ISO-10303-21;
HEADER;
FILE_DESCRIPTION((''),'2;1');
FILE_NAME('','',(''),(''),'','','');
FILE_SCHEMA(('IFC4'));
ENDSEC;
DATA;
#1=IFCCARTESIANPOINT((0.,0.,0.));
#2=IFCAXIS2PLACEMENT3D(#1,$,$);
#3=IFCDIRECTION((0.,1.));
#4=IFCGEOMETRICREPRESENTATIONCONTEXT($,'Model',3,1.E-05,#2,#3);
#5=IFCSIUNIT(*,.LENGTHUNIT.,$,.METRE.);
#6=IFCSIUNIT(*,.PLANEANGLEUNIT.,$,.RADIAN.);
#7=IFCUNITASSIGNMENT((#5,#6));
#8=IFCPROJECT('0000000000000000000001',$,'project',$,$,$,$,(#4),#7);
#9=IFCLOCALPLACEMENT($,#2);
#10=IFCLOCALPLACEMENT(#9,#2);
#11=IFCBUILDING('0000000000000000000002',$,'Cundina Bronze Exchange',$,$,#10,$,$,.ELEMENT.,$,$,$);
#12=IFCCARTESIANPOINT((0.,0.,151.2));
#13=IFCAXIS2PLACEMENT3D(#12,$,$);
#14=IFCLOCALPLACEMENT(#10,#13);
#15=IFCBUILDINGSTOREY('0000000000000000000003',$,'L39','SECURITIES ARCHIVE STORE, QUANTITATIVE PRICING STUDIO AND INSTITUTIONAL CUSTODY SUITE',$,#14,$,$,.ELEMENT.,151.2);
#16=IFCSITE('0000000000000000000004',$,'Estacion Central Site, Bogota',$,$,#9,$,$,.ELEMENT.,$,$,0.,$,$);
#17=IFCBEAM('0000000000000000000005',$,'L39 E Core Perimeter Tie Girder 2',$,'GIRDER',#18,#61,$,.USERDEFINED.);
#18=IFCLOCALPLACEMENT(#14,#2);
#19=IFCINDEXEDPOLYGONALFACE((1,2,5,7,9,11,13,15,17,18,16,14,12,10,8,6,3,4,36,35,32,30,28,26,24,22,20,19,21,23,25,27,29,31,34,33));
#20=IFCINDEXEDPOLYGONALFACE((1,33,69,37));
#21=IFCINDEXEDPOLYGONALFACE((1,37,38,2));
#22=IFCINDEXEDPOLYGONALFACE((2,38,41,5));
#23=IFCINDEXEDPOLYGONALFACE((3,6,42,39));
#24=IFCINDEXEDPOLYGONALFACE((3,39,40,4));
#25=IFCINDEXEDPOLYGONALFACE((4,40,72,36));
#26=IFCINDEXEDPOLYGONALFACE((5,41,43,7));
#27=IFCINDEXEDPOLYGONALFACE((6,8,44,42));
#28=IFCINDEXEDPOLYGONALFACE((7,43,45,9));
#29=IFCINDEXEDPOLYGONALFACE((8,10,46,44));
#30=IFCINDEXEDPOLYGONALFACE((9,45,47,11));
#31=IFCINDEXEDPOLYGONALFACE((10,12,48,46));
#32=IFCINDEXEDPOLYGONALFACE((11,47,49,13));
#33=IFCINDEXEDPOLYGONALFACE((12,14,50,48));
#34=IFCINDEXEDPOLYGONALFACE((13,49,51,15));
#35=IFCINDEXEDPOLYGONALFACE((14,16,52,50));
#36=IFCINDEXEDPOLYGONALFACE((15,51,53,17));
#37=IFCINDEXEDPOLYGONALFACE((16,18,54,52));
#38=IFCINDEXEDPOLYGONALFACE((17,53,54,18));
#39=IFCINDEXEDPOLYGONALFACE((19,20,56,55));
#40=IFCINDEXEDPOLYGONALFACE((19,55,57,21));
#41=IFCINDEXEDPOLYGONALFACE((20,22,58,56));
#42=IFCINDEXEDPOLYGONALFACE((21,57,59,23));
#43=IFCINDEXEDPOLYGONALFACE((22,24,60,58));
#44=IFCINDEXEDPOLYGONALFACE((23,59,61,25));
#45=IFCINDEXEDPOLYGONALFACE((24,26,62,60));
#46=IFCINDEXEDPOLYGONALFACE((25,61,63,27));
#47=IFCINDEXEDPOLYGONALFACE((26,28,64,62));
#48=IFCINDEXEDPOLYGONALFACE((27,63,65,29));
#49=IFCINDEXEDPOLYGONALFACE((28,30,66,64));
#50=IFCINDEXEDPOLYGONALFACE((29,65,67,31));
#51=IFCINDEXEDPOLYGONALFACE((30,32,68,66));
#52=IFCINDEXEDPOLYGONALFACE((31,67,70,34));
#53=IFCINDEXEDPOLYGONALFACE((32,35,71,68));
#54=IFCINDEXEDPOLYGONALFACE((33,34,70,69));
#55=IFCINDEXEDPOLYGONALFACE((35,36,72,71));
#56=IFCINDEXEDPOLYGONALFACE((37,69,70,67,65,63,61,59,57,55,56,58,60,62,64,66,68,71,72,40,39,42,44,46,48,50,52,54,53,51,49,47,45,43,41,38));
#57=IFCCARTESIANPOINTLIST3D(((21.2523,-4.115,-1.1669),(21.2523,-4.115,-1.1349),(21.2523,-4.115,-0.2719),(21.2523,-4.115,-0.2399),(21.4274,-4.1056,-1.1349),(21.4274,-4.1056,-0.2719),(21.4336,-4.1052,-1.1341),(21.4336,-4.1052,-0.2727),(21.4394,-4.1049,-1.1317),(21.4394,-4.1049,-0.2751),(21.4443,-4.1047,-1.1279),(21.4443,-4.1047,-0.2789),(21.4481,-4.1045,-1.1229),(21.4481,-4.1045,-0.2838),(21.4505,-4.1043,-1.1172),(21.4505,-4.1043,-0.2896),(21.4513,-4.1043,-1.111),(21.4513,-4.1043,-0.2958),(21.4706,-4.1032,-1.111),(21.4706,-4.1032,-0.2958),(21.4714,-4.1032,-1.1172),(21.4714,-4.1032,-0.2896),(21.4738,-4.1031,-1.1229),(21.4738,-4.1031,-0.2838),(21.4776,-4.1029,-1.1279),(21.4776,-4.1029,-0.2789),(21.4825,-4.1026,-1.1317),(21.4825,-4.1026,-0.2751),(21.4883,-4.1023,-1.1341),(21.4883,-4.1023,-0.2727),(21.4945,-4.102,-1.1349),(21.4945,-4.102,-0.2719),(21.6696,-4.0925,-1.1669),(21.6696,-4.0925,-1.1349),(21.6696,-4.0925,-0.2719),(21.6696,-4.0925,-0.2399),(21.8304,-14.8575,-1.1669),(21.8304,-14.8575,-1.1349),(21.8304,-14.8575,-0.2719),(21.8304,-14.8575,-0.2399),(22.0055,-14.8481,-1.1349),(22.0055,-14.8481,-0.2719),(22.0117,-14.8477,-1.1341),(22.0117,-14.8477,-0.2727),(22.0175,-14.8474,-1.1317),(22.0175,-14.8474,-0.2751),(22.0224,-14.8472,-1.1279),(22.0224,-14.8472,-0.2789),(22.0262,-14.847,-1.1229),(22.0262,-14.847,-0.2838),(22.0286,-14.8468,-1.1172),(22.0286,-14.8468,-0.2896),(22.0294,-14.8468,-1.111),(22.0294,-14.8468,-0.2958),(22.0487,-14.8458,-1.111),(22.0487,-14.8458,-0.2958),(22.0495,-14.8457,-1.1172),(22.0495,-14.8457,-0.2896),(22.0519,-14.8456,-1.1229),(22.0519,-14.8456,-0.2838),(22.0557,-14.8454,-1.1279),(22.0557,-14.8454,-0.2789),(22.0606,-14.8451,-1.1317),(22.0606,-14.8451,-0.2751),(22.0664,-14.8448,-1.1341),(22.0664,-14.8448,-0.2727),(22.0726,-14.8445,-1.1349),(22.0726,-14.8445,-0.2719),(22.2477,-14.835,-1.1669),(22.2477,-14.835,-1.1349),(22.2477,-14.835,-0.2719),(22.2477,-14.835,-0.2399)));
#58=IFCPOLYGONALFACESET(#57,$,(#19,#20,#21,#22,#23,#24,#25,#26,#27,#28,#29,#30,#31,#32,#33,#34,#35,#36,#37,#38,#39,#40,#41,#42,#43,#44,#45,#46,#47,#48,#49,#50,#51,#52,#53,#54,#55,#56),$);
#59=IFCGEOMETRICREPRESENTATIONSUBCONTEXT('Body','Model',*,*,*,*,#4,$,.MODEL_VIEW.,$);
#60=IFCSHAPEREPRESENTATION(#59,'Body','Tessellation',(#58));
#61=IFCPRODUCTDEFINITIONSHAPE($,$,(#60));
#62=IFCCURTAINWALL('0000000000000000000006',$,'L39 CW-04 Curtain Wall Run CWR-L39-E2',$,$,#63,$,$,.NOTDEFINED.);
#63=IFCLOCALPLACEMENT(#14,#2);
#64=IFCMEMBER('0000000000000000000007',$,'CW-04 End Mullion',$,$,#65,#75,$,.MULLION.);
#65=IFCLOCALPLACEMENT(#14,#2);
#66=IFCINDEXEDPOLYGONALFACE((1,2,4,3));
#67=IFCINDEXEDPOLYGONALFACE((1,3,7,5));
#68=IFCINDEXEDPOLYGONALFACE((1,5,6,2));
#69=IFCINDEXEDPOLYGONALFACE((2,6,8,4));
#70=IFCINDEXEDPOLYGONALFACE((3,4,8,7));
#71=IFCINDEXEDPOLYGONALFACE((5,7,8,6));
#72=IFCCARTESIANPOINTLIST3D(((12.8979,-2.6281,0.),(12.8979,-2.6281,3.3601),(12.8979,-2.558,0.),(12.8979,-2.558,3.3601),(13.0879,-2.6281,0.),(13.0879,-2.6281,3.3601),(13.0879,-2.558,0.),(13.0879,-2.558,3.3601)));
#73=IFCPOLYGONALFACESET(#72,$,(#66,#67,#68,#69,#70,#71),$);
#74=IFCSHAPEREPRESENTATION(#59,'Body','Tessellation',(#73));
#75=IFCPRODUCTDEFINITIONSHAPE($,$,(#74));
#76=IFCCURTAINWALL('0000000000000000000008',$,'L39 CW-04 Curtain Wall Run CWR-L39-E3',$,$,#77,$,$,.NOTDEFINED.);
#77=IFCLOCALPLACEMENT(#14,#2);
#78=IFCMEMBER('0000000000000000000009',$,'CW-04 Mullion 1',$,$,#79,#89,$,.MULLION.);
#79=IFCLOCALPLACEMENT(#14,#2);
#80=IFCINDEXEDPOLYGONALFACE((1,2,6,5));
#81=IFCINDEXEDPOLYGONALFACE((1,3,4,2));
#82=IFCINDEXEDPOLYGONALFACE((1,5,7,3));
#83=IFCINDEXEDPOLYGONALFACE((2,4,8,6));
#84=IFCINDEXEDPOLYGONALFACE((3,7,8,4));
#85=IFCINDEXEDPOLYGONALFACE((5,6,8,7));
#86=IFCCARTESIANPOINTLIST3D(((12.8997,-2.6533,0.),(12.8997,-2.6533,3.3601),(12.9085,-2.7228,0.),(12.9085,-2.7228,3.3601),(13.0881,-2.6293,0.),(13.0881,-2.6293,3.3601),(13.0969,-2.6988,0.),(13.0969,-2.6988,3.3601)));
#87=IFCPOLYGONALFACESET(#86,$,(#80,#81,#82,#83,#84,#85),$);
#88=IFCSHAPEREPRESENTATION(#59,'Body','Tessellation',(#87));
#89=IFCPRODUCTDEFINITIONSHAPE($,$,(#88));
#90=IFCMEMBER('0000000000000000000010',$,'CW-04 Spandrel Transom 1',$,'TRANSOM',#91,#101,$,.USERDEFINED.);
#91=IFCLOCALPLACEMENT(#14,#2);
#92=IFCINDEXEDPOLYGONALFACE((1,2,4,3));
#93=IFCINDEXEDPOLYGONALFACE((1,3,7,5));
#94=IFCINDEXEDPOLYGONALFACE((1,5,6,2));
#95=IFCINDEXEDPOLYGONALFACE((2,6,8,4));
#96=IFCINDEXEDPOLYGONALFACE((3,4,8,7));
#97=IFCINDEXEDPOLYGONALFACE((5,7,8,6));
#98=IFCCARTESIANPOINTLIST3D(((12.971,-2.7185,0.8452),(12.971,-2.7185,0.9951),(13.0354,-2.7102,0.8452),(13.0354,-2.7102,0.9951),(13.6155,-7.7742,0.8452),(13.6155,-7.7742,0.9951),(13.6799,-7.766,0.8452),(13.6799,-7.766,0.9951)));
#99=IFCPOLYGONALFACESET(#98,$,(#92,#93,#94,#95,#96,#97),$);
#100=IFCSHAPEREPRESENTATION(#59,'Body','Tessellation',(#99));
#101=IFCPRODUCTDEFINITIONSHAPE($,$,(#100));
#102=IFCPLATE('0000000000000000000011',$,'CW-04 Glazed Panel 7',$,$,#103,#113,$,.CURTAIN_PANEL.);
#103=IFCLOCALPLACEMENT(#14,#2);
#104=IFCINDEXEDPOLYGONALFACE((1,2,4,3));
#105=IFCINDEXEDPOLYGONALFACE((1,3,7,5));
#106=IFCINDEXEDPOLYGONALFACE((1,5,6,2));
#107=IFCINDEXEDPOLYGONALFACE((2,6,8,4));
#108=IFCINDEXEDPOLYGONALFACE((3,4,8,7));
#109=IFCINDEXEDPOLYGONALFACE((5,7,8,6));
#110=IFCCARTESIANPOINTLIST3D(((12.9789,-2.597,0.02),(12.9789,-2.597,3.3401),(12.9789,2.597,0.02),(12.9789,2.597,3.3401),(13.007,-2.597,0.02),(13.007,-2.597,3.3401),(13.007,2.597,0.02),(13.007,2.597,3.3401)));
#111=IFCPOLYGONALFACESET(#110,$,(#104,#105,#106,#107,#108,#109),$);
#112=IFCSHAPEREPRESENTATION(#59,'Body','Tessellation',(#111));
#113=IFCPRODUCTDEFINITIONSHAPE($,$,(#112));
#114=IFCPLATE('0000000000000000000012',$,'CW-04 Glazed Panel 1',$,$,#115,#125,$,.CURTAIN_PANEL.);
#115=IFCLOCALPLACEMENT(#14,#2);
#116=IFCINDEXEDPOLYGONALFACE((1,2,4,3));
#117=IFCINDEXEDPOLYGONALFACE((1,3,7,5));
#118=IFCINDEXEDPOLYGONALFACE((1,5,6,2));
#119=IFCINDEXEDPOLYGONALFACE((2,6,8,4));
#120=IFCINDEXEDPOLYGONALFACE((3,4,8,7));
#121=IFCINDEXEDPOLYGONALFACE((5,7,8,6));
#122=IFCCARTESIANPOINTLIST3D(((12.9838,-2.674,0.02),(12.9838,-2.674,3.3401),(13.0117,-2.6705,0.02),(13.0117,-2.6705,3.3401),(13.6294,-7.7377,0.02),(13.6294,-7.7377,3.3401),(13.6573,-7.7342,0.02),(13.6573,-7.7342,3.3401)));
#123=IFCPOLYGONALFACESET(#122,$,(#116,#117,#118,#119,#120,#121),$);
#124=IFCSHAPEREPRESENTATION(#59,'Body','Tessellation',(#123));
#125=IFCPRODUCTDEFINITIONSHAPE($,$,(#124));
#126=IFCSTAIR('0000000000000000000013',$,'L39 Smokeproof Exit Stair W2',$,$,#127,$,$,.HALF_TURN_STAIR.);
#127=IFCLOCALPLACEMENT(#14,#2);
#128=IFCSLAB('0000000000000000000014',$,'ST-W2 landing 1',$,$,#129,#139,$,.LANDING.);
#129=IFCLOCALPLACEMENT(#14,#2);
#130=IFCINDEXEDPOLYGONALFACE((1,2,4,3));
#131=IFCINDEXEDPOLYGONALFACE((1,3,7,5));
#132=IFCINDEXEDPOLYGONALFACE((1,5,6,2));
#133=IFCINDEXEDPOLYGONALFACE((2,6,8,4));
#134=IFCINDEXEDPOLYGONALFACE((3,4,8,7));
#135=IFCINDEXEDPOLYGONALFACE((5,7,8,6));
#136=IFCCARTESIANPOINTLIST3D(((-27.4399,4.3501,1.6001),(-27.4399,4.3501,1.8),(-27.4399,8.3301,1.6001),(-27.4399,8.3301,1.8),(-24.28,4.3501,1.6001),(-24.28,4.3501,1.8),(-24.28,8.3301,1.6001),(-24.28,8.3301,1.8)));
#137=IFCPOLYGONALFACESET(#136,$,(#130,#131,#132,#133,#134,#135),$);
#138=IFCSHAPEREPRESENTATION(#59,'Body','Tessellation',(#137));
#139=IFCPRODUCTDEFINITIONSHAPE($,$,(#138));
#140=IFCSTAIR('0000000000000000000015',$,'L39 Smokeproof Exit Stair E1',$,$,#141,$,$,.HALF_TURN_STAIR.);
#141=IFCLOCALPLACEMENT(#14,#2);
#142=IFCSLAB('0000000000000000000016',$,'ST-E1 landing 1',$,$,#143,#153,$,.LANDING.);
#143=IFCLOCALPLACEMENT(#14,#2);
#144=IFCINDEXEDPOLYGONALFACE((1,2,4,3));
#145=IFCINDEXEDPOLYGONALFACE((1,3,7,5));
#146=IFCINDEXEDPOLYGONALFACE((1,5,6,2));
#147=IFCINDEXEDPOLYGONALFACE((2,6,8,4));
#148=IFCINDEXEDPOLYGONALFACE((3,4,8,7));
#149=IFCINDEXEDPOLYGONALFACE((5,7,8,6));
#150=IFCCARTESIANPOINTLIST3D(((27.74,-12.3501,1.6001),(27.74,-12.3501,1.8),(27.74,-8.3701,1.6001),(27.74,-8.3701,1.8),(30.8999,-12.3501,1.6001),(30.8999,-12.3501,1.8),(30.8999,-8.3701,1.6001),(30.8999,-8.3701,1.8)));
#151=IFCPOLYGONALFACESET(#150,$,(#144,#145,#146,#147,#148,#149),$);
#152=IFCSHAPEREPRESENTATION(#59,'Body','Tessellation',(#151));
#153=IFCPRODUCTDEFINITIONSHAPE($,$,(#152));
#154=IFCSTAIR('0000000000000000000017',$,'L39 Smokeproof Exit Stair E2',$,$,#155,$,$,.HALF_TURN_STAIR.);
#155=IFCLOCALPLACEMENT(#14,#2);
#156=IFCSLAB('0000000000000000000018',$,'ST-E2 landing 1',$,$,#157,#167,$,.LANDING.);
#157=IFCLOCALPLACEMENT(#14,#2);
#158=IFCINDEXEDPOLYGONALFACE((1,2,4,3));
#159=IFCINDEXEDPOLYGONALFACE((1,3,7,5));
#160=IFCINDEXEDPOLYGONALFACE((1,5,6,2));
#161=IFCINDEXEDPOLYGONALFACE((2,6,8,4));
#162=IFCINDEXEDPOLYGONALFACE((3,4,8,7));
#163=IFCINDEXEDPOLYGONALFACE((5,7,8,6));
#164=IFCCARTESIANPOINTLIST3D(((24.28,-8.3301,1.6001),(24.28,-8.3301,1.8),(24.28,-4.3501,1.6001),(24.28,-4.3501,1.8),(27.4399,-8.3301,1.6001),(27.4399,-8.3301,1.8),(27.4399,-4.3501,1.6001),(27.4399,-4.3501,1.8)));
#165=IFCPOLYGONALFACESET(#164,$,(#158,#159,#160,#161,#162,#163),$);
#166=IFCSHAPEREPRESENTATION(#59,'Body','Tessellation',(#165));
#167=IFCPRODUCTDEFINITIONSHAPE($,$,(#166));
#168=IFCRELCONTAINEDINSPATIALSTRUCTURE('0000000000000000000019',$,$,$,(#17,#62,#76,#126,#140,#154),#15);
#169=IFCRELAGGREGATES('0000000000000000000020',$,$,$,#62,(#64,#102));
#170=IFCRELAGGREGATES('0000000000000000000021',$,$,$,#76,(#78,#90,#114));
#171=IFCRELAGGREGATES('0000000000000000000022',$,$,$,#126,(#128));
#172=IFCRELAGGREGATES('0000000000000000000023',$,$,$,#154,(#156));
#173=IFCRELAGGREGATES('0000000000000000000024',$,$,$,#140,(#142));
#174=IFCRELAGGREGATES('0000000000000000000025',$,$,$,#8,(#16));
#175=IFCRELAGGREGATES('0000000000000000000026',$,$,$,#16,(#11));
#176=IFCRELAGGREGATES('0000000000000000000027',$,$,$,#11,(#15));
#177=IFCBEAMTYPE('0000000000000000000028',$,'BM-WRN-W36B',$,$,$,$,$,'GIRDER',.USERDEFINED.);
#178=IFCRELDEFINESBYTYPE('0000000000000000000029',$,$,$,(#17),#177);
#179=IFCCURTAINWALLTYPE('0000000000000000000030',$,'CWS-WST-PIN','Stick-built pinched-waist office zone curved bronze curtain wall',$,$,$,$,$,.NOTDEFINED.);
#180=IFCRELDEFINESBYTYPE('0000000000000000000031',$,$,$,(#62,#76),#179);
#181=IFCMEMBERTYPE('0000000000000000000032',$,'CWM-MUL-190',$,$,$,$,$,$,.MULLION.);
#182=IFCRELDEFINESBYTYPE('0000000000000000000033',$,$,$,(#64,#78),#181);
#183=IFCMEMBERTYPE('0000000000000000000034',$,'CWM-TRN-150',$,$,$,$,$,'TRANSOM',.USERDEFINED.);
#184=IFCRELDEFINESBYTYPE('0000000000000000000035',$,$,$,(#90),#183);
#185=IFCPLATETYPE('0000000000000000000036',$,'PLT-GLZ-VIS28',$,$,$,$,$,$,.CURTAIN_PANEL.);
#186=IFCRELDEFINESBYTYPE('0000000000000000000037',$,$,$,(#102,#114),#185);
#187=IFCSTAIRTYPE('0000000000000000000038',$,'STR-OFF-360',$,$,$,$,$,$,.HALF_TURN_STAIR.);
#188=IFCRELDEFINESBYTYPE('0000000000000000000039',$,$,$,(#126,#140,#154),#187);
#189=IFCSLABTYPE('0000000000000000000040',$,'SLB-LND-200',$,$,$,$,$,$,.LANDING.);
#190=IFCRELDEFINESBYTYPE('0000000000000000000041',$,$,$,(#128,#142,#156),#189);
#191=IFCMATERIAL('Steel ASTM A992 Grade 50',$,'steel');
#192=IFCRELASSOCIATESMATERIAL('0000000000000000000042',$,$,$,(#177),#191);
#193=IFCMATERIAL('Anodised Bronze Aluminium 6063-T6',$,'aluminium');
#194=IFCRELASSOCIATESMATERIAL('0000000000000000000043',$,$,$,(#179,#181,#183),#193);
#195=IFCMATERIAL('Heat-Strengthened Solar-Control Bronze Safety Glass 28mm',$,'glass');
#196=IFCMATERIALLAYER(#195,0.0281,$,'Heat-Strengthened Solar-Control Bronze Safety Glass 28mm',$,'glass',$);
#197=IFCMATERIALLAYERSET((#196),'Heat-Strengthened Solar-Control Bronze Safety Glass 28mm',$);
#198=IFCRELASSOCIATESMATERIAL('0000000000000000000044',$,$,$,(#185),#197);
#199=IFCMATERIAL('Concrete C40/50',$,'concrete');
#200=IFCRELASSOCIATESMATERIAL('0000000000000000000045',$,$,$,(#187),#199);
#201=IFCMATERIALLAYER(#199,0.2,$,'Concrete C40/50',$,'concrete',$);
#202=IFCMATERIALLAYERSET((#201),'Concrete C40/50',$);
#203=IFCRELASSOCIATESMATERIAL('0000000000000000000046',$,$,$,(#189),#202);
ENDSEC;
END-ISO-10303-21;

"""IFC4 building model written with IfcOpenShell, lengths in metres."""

from ifc_helpers import new_model, si_unit, direction, frame, origin, origin_2d, place, context, subcontext, project, spatial, polyline, rectangle, i_section, outline, extrude, material, layer, layer_set, material_profile, profile_set, type_object, element, aggregate, save


model = new_model("IFC4")

# Units and contexts
model_context = context("Model", 3, precision=1e-05, world=origin(), true_north=direction((0.0, 1.0)))
body_context = subcontext(model_context, "Body", "Model", "MODEL_VIEW")
ifc_project = project(units=[si_unit("LENGTHUNIT", "METRE"), si_unit("PLANEANGLEUNIT", "RADIAN")], contexts=[model_context])

# Site, building, storey
site_placement = place(None, origin())
site = spatial("IfcSite", under=ifc_project, at=site_placement, Name="Estacion Central Site, Bogota", CompositionType="ELEMENT", RefElevation=0.0)
building_placement = place(site_placement, origin())
building = spatial("IfcBuilding", under=site, at=building_placement, Name="Cundina Bronze Exchange", CompositionType="ELEMENT")
storey_placement = place(building_placement, frame((0.0, 0.0, 151.2)))
storey = spatial("IfcBuildingStorey", under=building, at=storey_placement, Name="L39", Description="SECURITIES ARCHIVE STORE, QUANTITATIVE PRICING STUDIO AND INSTITUTIONAL CUSTODY SUITE", CompositionType="ELEMENT", Elevation=151.2)

# Shared definitions
ifc_material_1 = material(Name="Steel ASTM A992 Grade 50", Category="steel")

# Beam
ifc_material_profile_1 = material_profile(ifc_material_1, i_section(OverallWidth=0.418, OverallDepth=0.927, WebThickness=0.0193, FlangeThickness=0.032, FilletRadius=0.0239, at=origin_2d()), Name="W36X231", Category="steel")
ifc_profile_set_1 = profile_set([ifc_material_profile_1], Name="Steel ASTM A992 Grade 50")
beam_type_1 = type_object("IfcBeamType", Name="BM-WRN-W36B", ElementType="GIRDER", PredefinedType="USERDEFINED", material=ifc_profile_set_1)
beam_1_placement = place(storey_placement, frame((21.4609, -4.1038, -0.7034), z_axis=(0.053739, -0.998555, 0.0), x_axis=(0.998555, 0.053739, 0.0)))
element("IfcBeam", 1, at=beam_1_placement, inside=storey, type_object=beam_type_1, Name="L39 E Core Perimeter Tie Girder 2", ObjectType="GIRDER", PredefinedType="USERDEFINED", context=body_context, shape_type="SweptSolid", body=[
    extrude(i_section(OverallWidth=0.418, OverallDepth=0.927, WebThickness=0.0193, FlangeThickness=0.032, FilletRadius=0.0239, at=origin_2d()), origin(), (0.0, 0.0, 1.0), 10.7581),
])

# Curtain wall, member
ifc_material_2 = material(Name="Anodised Bronze Aluminium 6063-T6", Category="aluminium")
curtain_wall_type = type_object("IfcCurtainWallType", Name="CWS-WST-PIN", Description="Stick-built pinched-waist office zone curved bronze curtain wall", PredefinedType="NOTDEFINED", material=ifc_material_2)
curtain_wall_1_placement = place(storey_placement, origin())
curtain_wall_1 = element("IfcCurtainWall", 2, at=curtain_wall_1_placement, inside=storey, type_object=curtain_wall_type, Name="L39 CW-04 Curtain Wall Run CWR-L39-E2", PredefinedType="NOTDEFINED")
ifc_material_profile_2 = material_profile(ifc_material_2, rectangle(XDim=0.0701, YDim=0.1899, at=origin_2d()), Name="AL70X190", Category="aluminium")
ifc_profile_set_2 = profile_set([ifc_material_profile_2], Name="Anodised Bronze Aluminium 6063-T6")
member_type_1 = type_object("IfcMemberType", Name="CWM-MUL-190", PredefinedType="MULLION", material=ifc_profile_set_2)
member_1_placement = place(storey_placement, frame((12.9929, -2.593, 0.0), z_axis=(0.0, 0.0, 1.0), x_axis=(0.0, -1.0, 0.0)))
member_1 = element("IfcMember", 3, at=member_1_placement, type_object=member_type_1, Name="CW-04 End Mullion", PredefinedType="MULLION", context=body_context, shape_type="SweptSolid", body=[
    extrude(rectangle(XDim=0.0701, YDim=0.1899, at=origin_2d()), origin(), (0.0, 0.0, 1.0), 3.3601),
])

# Curtain wall, members
curtain_wall_2_placement = place(storey_placement, origin())
curtain_wall_2 = element("IfcCurtainWall", 4, at=curtain_wall_2_placement, inside=storey, type_object=curtain_wall_type, Name="L39 CW-04 Curtain Wall Run CWR-L39-E3", PredefinedType="NOTDEFINED")
member_2_placement = place(storey_placement, frame((12.9983, -2.676, 0.0), z_axis=(0.0, 0.0, 1.0), x_axis=(0.126545, -0.991961, 0.0)))
member_2 = element("IfcMember", 5, at=member_2_placement, type_object=member_type_1, Name="CW-04 Mullion 1", PredefinedType="MULLION", context=body_context, shape_type="SweptSolid", body=[
    extrude(rectangle(XDim=0.0701, YDim=0.1899, at=origin_2d()), origin(), (0.0, 0.0, 1.0), 3.3601),
])
ifc_material_profile_3 = material_profile(ifc_material_2, rectangle(XDim=0.0649, YDim=0.1499, at=origin_2d()), Name="AL65X150", Category="aluminium")
ifc_profile_set_3 = profile_set([ifc_material_profile_3], Name="Anodised Bronze Aluminium 6063-T6")
member_type_2 = type_object("IfcMemberType", Name="CWM-TRN-150", ElementType="TRANSOM", PredefinedType="USERDEFINED", material=ifc_profile_set_3)
member_3_placement = place(storey_placement, frame((13.0032, -2.7144, 0.9202), z_axis=(0.126463, -0.991971, 0.0), x_axis=(0.991971, 0.126463, 0.0)))
member_3 = element("IfcMember", 6, at=member_3_placement, type_object=member_type_2, Name="CW-04 Spandrel Transom 1", ObjectType="TRANSOM", PredefinedType="USERDEFINED", context=body_context, shape_type="SweptSolid", body=[
    extrude(rectangle(XDim=0.0649, YDim=0.1499, at=origin_2d()), origin(), (0.0, 0.0, 1.0), 5.0967),
])

# Plates
ifc_material_3 = material(Name="Heat-Strengthened Solar-Control Bronze Safety Glass 28mm", Category="glass")
ifc_layer_1 = layer(ifc_material_3, 0.0281, Name="Heat-Strengthened Solar-Control Bronze Safety Glass 28mm", Category="glass")
ifc_layer_set_1 = layer_set([ifc_layer_1], Name="Heat-Strengthened Solar-Control Bronze Safety Glass 28mm")
plate_type = type_object("IfcPlateType", Name="PLT-GLZ-VIS28", PredefinedType="CURTAIN_PANEL", material=ifc_layer_set_1)
plate_1_placement = place(storey_placement, frame((12.9929, 0.0, 0.02), z_axis=(0.0, 0.0, 1.0), x_axis=(0.0, -1.0, 0.0)))
plate_1 = element("IfcPlate", 7, at=plate_1_placement, type_object=plate_type, Name="CW-04 Glazed Panel 7", PredefinedType="CURTAIN_PANEL", context=body_context, shape_type="SweptSolid", body=[
    extrude(rectangle(XDim=5.1941, YDim=0.0281, at=origin_2d()), origin(), (0.0, 0.0, 1.0), 3.3201),
])
aggregate(curtain_wall_1, [member_1, plate_1])
plate_2_placement = place(storey_placement, frame((13.3206, -5.2041, 0.02), z_axis=(0.0, 0.0, 1.0), x_axis=(0.126476, -0.99197, 0.0)))
plate_2 = element("IfcPlate", 8, at=plate_2_placement, type_object=plate_type, Name="CW-04 Glazed Panel 1", PredefinedType="CURTAIN_PANEL", context=body_context, shape_type="SweptSolid", body=[
    extrude(rectangle(XDim=5.1047, YDim=0.0281, at=origin_2d()), origin(), (0.0, 0.0, 1.0), 3.3201),
])
aggregate(curtain_wall_2, [member_2, member_3, plate_2])

# Stairs, slabs
ifc_material_4 = material(Name="Concrete C40/50", Category="concrete")
stair_type = type_object("IfcStairType", Name="STR-OFF-360", PredefinedType="HALF_TURN_STAIR", material=ifc_material_4)
stair_1_placement = place(storey_placement, origin())
stair_1 = element("IfcStair", 9, at=stair_1_placement, inside=storey, type_object=stair_type, Name="L39 Smokeproof Exit Stair W2", PredefinedType="HALF_TURN_STAIR")
ifc_layer_2 = layer(ifc_material_4, 0.2, Name="Concrete C40/50", Category="concrete")
ifc_layer_set_2 = layer_set([ifc_layer_2], Name="Concrete C40/50")
slab_type = type_object("IfcSlabType", Name="SLB-LND-200", PredefinedType="LANDING", material=ifc_layer_set_2)
slab_1_placement = place(storey_placement, frame((0.0, 0.0, 1.6001)))
slab_1 = element("IfcSlab", 10, at=slab_1_placement, type_object=slab_type, Name="ST-W2 landing 1", PredefinedType="LANDING", context=body_context, shape_type="SweptSolid", body=[
    extrude(outline(polyline([(-27.4399, 8.3301), (-27.4399, 4.3501), (-24.28, 4.3501), (-24.28, 8.3301), (-27.4399, 8.3301)])), origin(), (0.0, 0.0, 1.0), 0.2),
])
aggregate(stair_1, [slab_1])
stair_2_placement = place(storey_placement, origin())
stair_2 = element("IfcStair", 11, at=stair_2_placement, inside=storey, type_object=stair_type, Name="L39 Smokeproof Exit Stair E1", PredefinedType="HALF_TURN_STAIR")
slab_2_placement = place(storey_placement, frame((0.0, 0.0, 1.6001)))
slab_2 = element("IfcSlab", 12, at=slab_2_placement, type_object=slab_type, Name="ST-E1 landing 1", PredefinedType="LANDING", context=body_context, shape_type="SweptSolid", body=[
    extrude(outline(polyline([(27.74, -8.3701), (27.74, -12.3501), (30.8999, -12.3501), (30.8999, -8.3701), (27.74, -8.3701)])), origin(), (0.0, 0.0, 1.0), 0.2),
])
stair_3_placement = place(storey_placement, origin())
stair_3 = element("IfcStair", 13, at=stair_3_placement, inside=storey, type_object=stair_type, Name="L39 Smokeproof Exit Stair E2", PredefinedType="HALF_TURN_STAIR")
slab_3_placement = place(storey_placement, frame((0.0, 0.0, 1.6001)))
slab_3 = element("IfcSlab", 14, at=slab_3_placement, type_object=slab_type, Name="ST-E2 landing 1", PredefinedType="LANDING", context=body_context, shape_type="SweptSolid", body=[
    extrude(outline(polyline([(27.4399, -8.3301), (27.4399, -4.3501), (24.28, -4.3501), (24.28, -8.3301), (27.4399, -8.3301)])), origin(), (0.0, 0.0, 1.0), 0.2),
])
aggregate(stair_3, [slab_3])

aggregate(stair_2, [slab_2])

save(model, "model.ifc")
